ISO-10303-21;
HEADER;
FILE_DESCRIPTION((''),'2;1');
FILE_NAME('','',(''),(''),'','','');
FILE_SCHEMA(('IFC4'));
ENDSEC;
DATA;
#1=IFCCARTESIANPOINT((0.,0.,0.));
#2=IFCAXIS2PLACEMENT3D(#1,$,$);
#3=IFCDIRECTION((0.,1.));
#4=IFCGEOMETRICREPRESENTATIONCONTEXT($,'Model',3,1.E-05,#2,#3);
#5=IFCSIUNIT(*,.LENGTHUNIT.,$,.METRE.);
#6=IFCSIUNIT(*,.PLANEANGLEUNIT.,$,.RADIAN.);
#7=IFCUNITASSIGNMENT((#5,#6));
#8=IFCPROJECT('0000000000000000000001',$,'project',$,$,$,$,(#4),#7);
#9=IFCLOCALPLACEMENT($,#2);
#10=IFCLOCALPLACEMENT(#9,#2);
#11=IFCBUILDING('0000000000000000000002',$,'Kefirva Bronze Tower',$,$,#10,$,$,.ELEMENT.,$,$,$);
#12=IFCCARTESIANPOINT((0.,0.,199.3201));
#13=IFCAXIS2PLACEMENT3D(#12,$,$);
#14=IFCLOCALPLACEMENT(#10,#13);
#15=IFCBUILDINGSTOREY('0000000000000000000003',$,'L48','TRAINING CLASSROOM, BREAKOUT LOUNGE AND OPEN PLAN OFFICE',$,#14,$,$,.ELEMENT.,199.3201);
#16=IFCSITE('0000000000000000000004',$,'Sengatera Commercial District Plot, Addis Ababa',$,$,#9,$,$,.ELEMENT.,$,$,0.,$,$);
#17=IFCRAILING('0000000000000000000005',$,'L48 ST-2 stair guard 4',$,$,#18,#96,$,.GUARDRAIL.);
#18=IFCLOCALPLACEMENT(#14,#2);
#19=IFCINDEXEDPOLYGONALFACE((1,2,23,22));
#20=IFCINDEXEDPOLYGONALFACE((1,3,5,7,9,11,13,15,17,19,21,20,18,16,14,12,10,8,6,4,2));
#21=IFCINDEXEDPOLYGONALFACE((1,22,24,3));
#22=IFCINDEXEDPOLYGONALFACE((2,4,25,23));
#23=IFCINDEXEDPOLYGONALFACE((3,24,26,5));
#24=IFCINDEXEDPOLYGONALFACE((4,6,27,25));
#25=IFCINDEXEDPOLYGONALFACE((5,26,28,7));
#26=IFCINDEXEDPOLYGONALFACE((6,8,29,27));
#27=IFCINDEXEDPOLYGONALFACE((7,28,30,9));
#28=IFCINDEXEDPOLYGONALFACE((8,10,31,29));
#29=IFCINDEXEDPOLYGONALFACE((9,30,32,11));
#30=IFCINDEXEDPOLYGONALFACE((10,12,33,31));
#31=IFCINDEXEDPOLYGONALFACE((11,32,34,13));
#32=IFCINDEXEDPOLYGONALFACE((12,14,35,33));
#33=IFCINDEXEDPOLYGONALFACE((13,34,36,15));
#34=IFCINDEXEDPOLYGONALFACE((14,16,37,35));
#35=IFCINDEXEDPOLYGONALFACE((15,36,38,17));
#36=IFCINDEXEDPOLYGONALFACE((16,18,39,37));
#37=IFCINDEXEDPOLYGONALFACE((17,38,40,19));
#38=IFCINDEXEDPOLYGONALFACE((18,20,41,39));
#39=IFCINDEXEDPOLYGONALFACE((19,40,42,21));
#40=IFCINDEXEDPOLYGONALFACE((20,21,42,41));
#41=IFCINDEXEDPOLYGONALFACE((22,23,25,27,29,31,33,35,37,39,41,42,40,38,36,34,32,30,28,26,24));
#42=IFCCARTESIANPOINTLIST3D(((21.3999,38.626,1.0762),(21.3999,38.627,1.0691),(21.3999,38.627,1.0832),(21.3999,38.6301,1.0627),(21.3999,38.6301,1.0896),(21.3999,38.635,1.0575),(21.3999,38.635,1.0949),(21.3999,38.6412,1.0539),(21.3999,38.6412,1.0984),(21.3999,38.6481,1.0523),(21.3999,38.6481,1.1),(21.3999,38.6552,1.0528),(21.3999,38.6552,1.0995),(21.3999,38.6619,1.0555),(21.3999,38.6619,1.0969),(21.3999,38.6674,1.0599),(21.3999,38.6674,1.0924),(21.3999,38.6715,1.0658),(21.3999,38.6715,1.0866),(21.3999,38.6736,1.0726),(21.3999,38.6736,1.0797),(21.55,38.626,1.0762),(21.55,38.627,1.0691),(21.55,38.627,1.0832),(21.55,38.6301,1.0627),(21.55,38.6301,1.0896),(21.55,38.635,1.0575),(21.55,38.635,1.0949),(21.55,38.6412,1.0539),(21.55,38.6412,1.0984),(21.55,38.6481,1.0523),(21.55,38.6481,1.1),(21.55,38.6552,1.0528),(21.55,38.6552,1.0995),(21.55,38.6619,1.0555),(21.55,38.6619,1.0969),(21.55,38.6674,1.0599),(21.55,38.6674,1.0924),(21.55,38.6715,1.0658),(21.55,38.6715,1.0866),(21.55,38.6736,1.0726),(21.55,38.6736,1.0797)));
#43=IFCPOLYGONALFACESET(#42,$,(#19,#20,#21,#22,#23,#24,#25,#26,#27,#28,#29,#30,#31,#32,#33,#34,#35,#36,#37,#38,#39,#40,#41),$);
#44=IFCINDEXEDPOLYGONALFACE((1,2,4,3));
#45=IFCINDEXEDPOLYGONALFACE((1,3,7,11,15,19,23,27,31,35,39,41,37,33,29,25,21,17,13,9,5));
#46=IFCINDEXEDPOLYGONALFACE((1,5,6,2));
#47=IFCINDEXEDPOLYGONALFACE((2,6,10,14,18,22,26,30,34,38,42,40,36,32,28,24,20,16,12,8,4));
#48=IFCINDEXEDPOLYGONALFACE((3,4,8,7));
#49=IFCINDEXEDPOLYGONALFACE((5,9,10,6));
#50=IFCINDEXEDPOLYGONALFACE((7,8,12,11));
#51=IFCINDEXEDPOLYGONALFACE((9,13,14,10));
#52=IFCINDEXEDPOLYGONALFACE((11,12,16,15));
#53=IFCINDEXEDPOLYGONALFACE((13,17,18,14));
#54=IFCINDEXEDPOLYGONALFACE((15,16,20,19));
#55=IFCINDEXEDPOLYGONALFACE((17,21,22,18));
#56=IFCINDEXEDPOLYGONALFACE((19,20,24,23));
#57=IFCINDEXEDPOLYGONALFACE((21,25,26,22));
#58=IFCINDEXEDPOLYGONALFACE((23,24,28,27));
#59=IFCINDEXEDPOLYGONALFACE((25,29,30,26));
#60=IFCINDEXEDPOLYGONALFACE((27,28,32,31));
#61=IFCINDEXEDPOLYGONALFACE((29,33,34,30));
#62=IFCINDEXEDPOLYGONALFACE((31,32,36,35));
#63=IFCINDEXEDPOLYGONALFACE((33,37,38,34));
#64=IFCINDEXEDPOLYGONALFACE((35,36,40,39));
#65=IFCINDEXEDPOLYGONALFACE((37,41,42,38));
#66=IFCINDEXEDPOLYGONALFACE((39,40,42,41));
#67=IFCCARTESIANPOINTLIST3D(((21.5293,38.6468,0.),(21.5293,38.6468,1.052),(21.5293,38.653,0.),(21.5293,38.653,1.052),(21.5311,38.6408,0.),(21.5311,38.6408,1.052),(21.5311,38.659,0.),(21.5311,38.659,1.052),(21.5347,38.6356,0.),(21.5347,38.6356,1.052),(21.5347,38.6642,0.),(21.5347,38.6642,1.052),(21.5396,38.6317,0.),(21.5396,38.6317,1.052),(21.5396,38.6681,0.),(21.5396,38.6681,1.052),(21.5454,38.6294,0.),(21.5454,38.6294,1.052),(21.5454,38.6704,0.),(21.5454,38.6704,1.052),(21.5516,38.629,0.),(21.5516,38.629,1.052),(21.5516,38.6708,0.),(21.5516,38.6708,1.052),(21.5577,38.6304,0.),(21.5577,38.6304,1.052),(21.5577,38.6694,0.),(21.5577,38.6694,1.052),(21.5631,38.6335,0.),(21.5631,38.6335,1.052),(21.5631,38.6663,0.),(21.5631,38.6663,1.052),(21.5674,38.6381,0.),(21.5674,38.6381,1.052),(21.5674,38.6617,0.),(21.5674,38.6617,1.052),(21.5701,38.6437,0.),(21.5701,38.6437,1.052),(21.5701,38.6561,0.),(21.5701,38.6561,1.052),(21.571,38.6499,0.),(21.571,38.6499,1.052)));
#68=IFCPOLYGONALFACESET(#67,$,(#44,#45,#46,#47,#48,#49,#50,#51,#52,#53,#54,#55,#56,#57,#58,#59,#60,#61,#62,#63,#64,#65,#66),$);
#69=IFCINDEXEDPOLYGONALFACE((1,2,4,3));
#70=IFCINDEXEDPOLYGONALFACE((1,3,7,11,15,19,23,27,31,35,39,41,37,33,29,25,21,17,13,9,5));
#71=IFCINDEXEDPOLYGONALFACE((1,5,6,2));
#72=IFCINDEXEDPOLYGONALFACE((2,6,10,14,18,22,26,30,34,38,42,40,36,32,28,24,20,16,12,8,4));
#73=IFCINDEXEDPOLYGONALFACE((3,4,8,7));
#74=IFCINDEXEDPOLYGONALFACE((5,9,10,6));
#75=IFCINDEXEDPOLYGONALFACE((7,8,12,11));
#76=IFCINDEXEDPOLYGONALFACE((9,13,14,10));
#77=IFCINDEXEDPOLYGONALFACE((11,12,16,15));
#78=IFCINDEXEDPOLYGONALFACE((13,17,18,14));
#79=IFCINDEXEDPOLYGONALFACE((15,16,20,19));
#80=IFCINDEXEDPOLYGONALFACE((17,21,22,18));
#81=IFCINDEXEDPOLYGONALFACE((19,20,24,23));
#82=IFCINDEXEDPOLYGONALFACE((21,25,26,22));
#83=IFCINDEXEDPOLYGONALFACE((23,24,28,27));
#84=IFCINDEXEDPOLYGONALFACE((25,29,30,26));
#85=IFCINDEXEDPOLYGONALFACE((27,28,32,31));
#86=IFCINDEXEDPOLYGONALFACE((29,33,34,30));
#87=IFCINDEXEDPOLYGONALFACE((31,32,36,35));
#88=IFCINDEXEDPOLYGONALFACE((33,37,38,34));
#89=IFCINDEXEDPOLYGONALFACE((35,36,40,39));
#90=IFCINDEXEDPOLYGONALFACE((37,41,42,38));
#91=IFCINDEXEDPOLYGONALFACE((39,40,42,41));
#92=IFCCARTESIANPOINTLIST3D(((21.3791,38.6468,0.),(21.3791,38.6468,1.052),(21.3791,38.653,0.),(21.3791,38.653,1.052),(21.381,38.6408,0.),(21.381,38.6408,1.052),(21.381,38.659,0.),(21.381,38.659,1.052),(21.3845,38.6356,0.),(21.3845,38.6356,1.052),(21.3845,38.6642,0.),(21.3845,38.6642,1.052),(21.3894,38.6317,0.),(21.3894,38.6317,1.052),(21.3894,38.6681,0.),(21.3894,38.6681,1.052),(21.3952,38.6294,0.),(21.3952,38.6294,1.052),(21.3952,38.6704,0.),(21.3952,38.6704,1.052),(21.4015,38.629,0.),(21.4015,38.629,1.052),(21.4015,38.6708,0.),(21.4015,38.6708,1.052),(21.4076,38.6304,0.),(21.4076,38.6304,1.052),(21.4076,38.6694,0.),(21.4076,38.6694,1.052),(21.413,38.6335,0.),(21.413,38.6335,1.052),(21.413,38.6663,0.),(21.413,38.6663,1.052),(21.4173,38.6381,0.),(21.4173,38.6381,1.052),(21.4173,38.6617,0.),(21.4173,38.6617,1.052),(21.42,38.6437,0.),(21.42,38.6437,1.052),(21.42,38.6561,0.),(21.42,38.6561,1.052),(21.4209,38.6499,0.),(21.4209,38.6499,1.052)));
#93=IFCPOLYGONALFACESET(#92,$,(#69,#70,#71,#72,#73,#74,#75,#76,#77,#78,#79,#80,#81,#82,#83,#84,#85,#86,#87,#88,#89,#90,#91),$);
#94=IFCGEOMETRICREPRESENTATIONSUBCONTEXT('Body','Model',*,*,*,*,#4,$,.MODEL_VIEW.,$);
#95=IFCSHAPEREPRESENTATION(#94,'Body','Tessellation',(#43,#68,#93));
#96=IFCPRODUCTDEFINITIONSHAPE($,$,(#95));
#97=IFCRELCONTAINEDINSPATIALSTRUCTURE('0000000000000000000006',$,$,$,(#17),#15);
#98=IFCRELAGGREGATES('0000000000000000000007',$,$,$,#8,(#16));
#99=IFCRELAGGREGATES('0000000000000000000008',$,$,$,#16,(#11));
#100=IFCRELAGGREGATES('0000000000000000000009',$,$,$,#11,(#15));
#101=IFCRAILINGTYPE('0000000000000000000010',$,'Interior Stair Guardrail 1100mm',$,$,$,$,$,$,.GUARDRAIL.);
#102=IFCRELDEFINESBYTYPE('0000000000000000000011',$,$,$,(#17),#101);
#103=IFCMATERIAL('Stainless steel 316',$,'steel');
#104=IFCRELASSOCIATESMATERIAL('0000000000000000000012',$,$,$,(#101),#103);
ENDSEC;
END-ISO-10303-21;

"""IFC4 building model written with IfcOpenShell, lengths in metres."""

from ifc_helpers import new_model, si_unit, direction, frame, origin, origin_2d, place, context, subcontext, project, spatial, circle, extrude, material, type_object, element, save


model = new_model("IFC4")

# Units and contexts
model_context = context("Model", 3, precision=1e-05, world=origin(), true_north=direction((0.0, 1.0)))
body_context = subcontext(model_context, "Body", "Model", "MODEL_VIEW")
ifc_project = project(units=[si_unit("LENGTHUNIT", "METRE"), si_unit("PLANEANGLEUNIT", "RADIAN")], contexts=[model_context])

# Site, building, storey
site_placement = place(None, origin())
site = spatial("IfcSite", under=ifc_project, at=site_placement, Name="Sengatera Commercial District Plot, Addis Ababa", CompositionType="ELEMENT", RefElevation=0.0)
building_placement = place(site_placement, origin())
building = spatial("IfcBuilding", under=site, at=building_placement, Name="Kefirva Bronze Tower", CompositionType="ELEMENT")
storey_placement = place(building_placement, frame((0.0, 0.0, 199.3201)))
storey = spatial("IfcBuildingStorey", under=building, at=storey_placement, Name="L48", Description="TRAINING CLASSROOM, BREAKOUT LOUNGE AND OPEN PLAN OFFICE", CompositionType="ELEMENT", Elevation=199.3201)

# Railing
ifc_material_1 = material(Name="Stainless steel 316", Category="steel")
railing_type = type_object("IfcRailingType", Name="Interior Stair Guardrail 1100mm", PredefinedType="GUARDRAIL", material=ifc_material_1)
railing_placement = place(storey_placement, frame((21.55, 38.6499, 0.0)))
element("IfcRailing", 1, at=railing_placement, inside=storey, type_object=railing_type, Name="L48 ST-2 stair guard 4", PredefinedType="GUARDRAIL", context=body_context, shape_type="SweptSolid", body=[
    extrude(circle(Radius=0.0239, at=origin_2d()), frame((0.0, 0.0, 1.0762), z_axis=(-1.0, 0.0, 0.0), x_axis=(0.0, -1.0, 0.0)), (0.0, 0.0, 1.0), 0.1501),
    extrude(circle(Radius=0.021, at=origin_2d()), origin(), (0.0, 0.0, 1.0), 1.052),
    extrude(circle(Radius=0.021, at=origin_2d()), frame((-0.1501, 0.0, 0.0)), (0.0, 0.0, 1.0), 1.052),
])

save(model, "model.ifc")
